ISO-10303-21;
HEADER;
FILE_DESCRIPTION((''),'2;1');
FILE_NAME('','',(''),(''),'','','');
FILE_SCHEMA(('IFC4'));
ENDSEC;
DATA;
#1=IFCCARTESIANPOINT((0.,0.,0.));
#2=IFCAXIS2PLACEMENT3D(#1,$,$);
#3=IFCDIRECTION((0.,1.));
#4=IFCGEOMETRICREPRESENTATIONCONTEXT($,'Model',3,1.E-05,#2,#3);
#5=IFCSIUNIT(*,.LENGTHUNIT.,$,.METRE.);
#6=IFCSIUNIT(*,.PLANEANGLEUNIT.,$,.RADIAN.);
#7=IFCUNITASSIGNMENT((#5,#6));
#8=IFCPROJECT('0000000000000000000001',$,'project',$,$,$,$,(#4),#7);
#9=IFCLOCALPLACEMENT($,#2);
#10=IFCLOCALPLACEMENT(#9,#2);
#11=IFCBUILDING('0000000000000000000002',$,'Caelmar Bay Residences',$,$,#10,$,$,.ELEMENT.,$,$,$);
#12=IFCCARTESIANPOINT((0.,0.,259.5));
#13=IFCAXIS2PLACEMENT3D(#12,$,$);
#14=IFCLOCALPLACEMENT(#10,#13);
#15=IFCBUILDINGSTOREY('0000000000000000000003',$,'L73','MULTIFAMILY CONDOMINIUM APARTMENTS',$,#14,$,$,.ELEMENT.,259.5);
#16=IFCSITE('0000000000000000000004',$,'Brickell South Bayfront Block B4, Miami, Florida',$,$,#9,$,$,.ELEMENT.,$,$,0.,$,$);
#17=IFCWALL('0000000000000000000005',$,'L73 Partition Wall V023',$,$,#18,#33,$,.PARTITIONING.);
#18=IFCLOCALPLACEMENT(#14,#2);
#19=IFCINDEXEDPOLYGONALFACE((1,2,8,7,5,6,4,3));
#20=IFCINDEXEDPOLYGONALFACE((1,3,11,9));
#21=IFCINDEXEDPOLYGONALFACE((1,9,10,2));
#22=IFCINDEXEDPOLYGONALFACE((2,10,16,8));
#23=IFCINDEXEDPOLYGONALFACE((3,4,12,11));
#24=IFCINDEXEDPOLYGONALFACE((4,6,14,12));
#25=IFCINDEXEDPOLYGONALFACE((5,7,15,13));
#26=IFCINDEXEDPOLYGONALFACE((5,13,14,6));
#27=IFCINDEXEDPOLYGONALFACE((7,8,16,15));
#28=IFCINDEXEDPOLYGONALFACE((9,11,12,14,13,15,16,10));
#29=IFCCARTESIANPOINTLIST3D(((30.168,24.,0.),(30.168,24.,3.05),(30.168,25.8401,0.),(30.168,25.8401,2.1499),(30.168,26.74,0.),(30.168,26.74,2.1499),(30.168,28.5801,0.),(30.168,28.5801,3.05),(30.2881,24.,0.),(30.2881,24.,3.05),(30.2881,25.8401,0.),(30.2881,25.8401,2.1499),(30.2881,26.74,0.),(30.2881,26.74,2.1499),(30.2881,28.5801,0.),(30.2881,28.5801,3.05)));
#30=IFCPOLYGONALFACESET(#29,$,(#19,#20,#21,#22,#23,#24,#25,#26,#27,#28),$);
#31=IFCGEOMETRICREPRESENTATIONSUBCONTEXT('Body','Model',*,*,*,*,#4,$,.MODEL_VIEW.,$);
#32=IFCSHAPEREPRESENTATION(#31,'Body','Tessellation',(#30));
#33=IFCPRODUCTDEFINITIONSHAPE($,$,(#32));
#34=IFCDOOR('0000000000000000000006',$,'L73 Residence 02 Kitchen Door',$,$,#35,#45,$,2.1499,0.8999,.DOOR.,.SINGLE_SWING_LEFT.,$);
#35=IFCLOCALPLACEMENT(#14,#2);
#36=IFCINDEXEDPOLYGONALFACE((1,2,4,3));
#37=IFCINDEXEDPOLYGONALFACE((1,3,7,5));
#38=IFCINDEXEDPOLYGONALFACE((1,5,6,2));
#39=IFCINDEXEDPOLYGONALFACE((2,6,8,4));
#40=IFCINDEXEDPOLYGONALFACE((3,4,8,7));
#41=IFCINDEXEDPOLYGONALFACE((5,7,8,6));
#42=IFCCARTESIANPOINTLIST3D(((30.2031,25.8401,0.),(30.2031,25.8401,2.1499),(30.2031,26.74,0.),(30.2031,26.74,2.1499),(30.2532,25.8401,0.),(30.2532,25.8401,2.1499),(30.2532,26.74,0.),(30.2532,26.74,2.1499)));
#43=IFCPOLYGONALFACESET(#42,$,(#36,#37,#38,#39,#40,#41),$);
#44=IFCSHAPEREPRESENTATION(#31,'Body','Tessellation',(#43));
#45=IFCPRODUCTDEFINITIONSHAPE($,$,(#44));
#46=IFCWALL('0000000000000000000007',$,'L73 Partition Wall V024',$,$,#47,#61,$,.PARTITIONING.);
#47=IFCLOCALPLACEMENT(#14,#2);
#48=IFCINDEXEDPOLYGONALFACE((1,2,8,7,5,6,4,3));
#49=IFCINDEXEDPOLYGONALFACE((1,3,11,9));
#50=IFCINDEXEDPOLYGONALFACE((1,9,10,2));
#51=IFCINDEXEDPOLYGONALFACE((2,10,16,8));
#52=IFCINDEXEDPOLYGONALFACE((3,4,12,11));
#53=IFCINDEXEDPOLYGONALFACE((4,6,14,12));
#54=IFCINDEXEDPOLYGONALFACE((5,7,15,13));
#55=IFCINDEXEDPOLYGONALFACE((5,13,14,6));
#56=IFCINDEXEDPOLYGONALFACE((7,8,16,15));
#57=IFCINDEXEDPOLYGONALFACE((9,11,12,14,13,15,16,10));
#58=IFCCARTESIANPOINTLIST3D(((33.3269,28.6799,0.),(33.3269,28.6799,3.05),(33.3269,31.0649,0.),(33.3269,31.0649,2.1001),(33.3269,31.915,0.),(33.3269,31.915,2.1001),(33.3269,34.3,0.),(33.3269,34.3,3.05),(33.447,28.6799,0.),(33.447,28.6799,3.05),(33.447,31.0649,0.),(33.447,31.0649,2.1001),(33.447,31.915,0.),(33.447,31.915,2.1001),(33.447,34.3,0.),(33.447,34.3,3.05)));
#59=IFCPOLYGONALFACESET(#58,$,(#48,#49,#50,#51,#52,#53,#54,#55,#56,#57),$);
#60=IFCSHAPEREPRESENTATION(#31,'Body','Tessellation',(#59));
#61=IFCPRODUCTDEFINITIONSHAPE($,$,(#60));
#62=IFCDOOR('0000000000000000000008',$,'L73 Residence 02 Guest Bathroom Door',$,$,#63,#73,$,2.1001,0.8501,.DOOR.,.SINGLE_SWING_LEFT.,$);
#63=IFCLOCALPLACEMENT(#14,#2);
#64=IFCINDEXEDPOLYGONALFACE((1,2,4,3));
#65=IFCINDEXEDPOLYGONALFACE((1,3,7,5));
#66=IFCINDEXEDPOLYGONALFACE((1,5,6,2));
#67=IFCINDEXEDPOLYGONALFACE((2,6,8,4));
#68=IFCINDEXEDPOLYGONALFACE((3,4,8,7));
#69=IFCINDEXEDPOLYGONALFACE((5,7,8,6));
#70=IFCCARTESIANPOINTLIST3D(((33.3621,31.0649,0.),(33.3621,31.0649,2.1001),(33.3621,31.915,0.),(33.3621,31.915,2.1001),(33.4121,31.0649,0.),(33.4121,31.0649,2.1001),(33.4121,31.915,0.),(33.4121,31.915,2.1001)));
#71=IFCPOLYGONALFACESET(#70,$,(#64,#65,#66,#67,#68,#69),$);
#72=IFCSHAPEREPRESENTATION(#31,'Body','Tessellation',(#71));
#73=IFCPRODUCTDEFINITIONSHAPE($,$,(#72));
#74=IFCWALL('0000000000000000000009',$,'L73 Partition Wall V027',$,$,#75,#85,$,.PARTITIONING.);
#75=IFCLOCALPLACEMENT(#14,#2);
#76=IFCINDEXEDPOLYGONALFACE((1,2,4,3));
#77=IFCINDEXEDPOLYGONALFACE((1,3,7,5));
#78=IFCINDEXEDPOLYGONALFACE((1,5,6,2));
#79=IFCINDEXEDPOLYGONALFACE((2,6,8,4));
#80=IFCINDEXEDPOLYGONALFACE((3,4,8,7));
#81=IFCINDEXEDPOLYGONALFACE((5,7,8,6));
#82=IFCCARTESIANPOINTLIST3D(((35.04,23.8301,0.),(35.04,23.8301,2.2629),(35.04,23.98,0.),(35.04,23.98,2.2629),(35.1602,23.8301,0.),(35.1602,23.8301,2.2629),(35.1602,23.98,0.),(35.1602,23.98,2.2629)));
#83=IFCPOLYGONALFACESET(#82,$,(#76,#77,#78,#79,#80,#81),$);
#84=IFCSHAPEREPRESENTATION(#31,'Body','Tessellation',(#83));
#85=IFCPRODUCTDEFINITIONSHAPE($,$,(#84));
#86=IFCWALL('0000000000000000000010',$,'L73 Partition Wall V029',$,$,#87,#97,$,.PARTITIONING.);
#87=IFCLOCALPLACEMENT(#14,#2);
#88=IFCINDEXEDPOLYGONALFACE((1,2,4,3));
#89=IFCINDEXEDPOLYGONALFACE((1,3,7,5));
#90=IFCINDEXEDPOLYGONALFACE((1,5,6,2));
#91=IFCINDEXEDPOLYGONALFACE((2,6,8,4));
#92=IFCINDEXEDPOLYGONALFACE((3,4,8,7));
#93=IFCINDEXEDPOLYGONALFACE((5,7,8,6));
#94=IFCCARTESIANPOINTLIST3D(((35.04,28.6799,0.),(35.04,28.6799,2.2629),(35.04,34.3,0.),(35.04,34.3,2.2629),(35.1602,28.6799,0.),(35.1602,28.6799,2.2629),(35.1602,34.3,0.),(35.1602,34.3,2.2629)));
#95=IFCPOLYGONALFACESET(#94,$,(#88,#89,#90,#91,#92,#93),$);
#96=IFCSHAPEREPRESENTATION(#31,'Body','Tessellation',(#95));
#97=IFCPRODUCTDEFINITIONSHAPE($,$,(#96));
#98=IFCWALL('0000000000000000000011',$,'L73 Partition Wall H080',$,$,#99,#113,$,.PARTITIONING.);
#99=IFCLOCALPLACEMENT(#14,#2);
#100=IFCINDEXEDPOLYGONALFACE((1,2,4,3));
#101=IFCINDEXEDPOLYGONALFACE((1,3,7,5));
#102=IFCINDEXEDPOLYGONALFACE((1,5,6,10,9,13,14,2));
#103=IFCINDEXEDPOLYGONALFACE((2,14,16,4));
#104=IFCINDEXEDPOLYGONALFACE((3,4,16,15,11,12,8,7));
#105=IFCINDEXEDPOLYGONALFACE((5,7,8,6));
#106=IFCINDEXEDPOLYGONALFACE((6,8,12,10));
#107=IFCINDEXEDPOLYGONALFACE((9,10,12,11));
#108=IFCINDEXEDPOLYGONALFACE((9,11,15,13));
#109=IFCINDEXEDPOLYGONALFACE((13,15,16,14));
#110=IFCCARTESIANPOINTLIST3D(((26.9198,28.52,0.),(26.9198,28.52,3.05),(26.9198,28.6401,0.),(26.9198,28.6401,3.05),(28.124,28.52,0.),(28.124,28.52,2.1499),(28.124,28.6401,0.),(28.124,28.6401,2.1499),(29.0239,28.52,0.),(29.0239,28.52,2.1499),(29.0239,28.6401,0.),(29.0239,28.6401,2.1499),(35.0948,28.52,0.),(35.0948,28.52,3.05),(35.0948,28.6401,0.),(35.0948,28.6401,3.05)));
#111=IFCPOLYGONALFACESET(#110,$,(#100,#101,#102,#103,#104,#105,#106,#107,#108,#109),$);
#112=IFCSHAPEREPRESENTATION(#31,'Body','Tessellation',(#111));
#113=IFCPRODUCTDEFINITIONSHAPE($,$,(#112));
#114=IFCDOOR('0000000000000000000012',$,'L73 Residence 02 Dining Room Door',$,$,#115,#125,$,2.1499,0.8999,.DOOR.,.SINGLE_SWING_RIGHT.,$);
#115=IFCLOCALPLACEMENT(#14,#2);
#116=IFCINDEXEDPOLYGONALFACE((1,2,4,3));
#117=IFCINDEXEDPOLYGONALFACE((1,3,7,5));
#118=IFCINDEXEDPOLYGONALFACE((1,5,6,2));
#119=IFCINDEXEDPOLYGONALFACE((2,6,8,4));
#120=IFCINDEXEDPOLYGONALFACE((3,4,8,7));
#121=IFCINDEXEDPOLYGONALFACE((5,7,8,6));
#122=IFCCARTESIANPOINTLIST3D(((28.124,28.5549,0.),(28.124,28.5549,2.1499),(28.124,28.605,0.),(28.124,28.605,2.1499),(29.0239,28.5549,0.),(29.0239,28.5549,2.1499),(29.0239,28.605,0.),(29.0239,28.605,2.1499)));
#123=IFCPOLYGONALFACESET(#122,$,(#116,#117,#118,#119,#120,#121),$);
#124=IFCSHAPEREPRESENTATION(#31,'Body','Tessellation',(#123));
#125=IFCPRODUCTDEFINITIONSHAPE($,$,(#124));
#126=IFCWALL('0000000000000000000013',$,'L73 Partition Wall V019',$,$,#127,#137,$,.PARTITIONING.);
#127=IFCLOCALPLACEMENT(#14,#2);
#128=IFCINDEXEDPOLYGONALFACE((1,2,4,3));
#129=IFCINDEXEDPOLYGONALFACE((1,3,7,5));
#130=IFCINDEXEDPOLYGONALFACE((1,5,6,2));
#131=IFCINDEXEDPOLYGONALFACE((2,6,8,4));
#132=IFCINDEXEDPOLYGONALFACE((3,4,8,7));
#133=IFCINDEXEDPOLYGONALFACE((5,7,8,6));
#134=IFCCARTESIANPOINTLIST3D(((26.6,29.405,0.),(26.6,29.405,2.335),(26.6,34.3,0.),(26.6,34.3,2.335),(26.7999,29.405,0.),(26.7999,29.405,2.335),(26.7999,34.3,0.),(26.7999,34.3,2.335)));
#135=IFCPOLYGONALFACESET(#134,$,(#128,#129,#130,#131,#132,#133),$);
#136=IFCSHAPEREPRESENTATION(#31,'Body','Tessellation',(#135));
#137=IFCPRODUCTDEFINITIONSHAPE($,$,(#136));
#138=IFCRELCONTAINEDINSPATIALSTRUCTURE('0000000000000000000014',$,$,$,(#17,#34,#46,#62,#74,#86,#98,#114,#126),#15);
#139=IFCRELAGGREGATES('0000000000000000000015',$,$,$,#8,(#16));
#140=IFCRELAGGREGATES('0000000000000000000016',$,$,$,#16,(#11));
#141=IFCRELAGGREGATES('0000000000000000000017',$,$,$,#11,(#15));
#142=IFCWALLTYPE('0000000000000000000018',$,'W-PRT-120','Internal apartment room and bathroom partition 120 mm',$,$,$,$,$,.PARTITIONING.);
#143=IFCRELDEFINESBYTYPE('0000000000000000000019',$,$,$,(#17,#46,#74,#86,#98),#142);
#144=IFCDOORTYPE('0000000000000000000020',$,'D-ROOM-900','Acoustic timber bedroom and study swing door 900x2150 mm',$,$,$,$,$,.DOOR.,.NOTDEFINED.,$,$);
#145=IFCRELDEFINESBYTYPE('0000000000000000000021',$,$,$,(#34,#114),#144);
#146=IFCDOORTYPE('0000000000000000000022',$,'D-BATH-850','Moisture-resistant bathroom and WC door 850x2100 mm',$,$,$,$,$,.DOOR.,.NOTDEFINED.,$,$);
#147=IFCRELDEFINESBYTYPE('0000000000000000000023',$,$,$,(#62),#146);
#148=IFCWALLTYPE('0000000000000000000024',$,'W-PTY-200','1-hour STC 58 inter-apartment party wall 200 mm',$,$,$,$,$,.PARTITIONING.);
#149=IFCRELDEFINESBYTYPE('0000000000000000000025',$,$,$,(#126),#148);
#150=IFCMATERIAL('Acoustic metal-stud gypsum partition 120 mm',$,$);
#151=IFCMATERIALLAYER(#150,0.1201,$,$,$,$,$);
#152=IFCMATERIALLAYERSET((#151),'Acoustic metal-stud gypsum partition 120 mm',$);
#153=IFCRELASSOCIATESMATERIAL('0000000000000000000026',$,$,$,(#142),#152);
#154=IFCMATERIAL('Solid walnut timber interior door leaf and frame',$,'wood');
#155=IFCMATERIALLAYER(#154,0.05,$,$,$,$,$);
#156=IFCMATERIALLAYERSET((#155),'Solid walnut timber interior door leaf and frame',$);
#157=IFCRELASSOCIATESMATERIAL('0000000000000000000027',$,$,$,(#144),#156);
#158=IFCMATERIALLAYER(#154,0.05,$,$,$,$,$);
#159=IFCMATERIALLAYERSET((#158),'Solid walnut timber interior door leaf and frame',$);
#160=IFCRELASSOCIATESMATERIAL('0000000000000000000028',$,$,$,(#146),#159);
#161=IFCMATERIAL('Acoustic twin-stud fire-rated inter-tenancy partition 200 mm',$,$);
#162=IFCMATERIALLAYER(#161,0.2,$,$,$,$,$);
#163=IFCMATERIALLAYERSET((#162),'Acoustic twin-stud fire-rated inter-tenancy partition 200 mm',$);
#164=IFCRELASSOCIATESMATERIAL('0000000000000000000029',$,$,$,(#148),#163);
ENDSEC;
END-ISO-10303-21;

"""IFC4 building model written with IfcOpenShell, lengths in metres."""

from ifc_helpers import new_model, si_unit, direction, frame, frame_2d, origin, place, context, subcontext, project, spatial, rectangle, extrude, material, layer, layer_set, type_object, element, fill, save


model = new_model("IFC4")

# Units and contexts
model_context = context("Model", 3, precision=1e-05, world=origin(), true_north=direction((0.0, 1.0)))
body_context = subcontext(model_context, "Body", "Model", "MODEL_VIEW")
ifc_project = project(units=[si_unit("LENGTHUNIT", "METRE"), si_unit("PLANEANGLEUNIT", "RADIAN")], contexts=[model_context])

# Site, building, storey
site_placement = place(None, origin())
site = spatial("IfcSite", under=ifc_project, at=site_placement, Name="Brickell South Bayfront Block B4, Miami, Florida", CompositionType="ELEMENT", RefElevation=0.0)
building_placement = place(site_placement, origin())
building = spatial("IfcBuilding", under=site, at=building_placement, Name="Caelmar Bay Residences", CompositionType="ELEMENT")
storey_placement = place(building_placement, frame((0.0, 0.0, 259.5)))
storey = spatial("IfcBuildingStorey", under=building, at=storey_placement, Name="L73", Description="MULTIFAMILY CONDOMINIUM APARTMENTS", CompositionType="ELEMENT", Elevation=259.5)

# Walls, openings, doors
ifc_material_1 = material(Name="Acoustic metal-stud gypsum partition 120 mm")
ifc_layer_1 = layer(ifc_material_1, 0.1201)
ifc_layer_set_1 = layer_set([ifc_layer_1], Name="Acoustic metal-stud gypsum partition 120 mm")
wall_type_1 = type_object("IfcWallType", Name="W-PRT-120", Description="Internal apartment room and bathroom partition 120 mm", PredefinedType="PARTITIONING", material=ifc_layer_set_1)
wall_1_placement = place(storey_placement, frame((30.228, 24.0, 0.0), z_axis=(0.0, 0.0, 1.0), x_axis=(0.0, 1.0, 0.0)))
wall_1 = element("IfcWall", 1, at=wall_1_placement, inside=storey, type_object=wall_type_1, Name="L73 Partition Wall V023", PredefinedType="PARTITIONING", context=body_context, shape_type="SweptSolid", body=[
    extrude(rectangle(XDim=4.5801, YDim=0.1201, at=frame_2d((2.29, 0.0))), origin(), (0.0, 0.0, 1.0), 3.05),
])
opening_1_placement = place(wall_1_placement, frame((1.8401, 0.0, 0.0)))
opening_1 = element("IfcOpeningElement", 2, at=opening_1_placement, cuts=wall_1, PredefinedType="OPENING", context=body_context, shape_type="SweptSolid", body=[
    extrude(rectangle(XDim=0.8999, YDim=2.1499, at=frame_2d((0.45, 1.075))), frame((0.0, 0.0701, 0.0), z_axis=(0.0, -1.0, 0.0), x_axis=(1.0, 0.0, 0.0)), (0.0, 0.0, 1.0), 0.1401),
])
ifc_material_2 = material(Name="Solid walnut timber interior door leaf and frame", Category="wood")
ifc_layer_2 = layer(ifc_material_2, 0.05)
ifc_layer_set_2 = layer_set([ifc_layer_2], Name="Solid walnut timber interior door leaf and frame")
door_type_1 = type_object("IfcDoorType", Name="D-ROOM-900", Description="Acoustic timber bedroom and study swing door 900x2150 mm", OperationType="NOTDEFINED", PredefinedType="DOOR", material=ifc_layer_set_2)
door_1_placement = place(opening_1_placement, origin())
door_1 = element("IfcDoor", 3, at=door_1_placement, inside=storey, type_object=door_type_1, Name="L73 Residence 02 Kitchen Door", OperationType="SINGLE_SWING_LEFT", OverallHeight=2.1499, OverallWidth=0.8999, PredefinedType="DOOR", context=body_context, shape_type="SweptSolid", body=[
    extrude(rectangle(XDim=0.8999, YDim=2.1499, at=frame_2d((0.45, 1.075))), frame((0.0, 0.0249, 0.0), z_axis=(0.0, -1.0, 0.0), x_axis=(1.0, 0.0, 0.0)), (0.0, 0.0, 1.0), 0.05),
])
fill(opening_1, door_1)
wall_2_placement = place(storey_placement, frame((33.387, 28.6799, 0.0), z_axis=(0.0, 0.0, 1.0), x_axis=(0.0, 1.0, 0.0)))
wall_2 = element("IfcWall", 4, at=wall_2_placement, inside=storey, type_object=wall_type_1, Name="L73 Partition Wall V024", PredefinedType="PARTITIONING", context=body_context, shape_type="SweptSolid", body=[
    extrude(rectangle(XDim=5.6201, YDim=0.1201, at=frame_2d((2.8101, 0.0))), origin(), (0.0, 0.0, 1.0), 3.05),
])
opening_2_placement = place(wall_2_placement, frame((2.385, 0.0, 0.0)))
opening_2 = element("IfcOpeningElement", 5, at=opening_2_placement, cuts=wall_2, PredefinedType="OPENING", context=body_context, shape_type="SweptSolid", body=[
    extrude(rectangle(XDim=0.8501, YDim=2.1001, at=frame_2d((0.425, 1.05))), frame((0.0, 0.0701, 0.0), z_axis=(0.0, -1.0, 0.0), x_axis=(1.0, 0.0, 0.0)), (0.0, 0.0, 1.0), 0.1401),
])
ifc_layer_3 = layer(ifc_material_2, 0.05)
ifc_layer_set_3 = layer_set([ifc_layer_3], Name="Solid walnut timber interior door leaf and frame")
door_type_2 = type_object("IfcDoorType", Name="D-BATH-850", Description="Moisture-resistant bathroom and WC door 850x2100 mm", OperationType="NOTDEFINED", PredefinedType="DOOR", material=ifc_layer_set_3)
door_2_placement = place(opening_2_placement, origin())
door_2 = element("IfcDoor", 6, at=door_2_placement, inside=storey, type_object=door_type_2, Name="L73 Residence 02 Guest Bathroom Door", OperationType="SINGLE_SWING_LEFT", OverallHeight=2.1001, OverallWidth=0.8501, PredefinedType="DOOR", context=body_context, shape_type="SweptSolid", body=[
    extrude(rectangle(XDim=0.8501, YDim=2.1001, at=frame_2d((0.425, 1.05))), frame((0.0, 0.0249, 0.0), z_axis=(0.0, -1.0, 0.0), x_axis=(1.0, 0.0, 0.0)), (0.0, 0.0, 1.0), 0.05),
])
fill(opening_2, door_2)

# Wall
wall_3_placement = place(storey_placement, frame((35.1001, 23.8301, 0.0), z_axis=(0.0, 0.0, 1.0), x_axis=(0.0, 1.0, 0.0)))
element("IfcWall", 7, at=wall_3_placement, inside=storey, type_object=wall_type_1, Name="L73 Partition Wall V027", PredefinedType="PARTITIONING", context=body_context, shape_type="SweptSolid", body=[
    extrude(rectangle(XDim=0.1499, YDim=0.1201, at=frame_2d((0.075, 0.0))), origin(), (0.0, 0.0, 1.0), 2.2629),
])

# Wall
wall_4_placement = place(storey_placement, frame((35.1001, 28.6799, 0.0), z_axis=(0.0, 0.0, 1.0), x_axis=(0.0, 1.0, 0.0)))
element("IfcWall", 8, at=wall_4_placement, inside=storey, type_object=wall_type_1, Name="L73 Partition Wall V029", PredefinedType="PARTITIONING", context=body_context, shape_type="SweptSolid", body=[
    extrude(rectangle(XDim=5.6201, YDim=0.1201, at=frame_2d((2.8101, 0.0))), origin(), (0.0, 0.0, 1.0), 2.2629),
])

# Wall, opening, door
wall_5_placement = place(storey_placement, frame((26.9199, 28.5801, 0.0), z_axis=(0.0, 0.0, 1.0), x_axis=(1.0, 0.0, 0.0)))
wall_5 = element("IfcWall", 9, at=wall_5_placement, inside=storey, type_object=wall_type_1, Name="L73 Partition Wall H080", PredefinedType="PARTITIONING", context=body_context, shape_type="SweptSolid", body=[
    extrude(rectangle(XDim=8.175, YDim=0.1201, at=frame_2d((4.0874, 0.0))), origin(), (0.0, 0.0, 1.0), 3.05),
])
opening_3_placement = place(wall_5_placement, frame((1.2041, 0.0, 0.0)))
opening_3 = element("IfcOpeningElement", 10, at=opening_3_placement, cuts=wall_5, PredefinedType="OPENING", context=body_context, shape_type="SweptSolid", body=[
    extrude(rectangle(XDim=0.8999, YDim=2.1499, at=frame_2d((0.45, 1.075))), frame((0.0, 0.0701, 0.0), z_axis=(0.0, -1.0, 0.0), x_axis=(1.0, 0.0, 0.0)), (0.0, 0.0, 1.0), 0.1401),
])
door_3_placement = place(opening_3_placement, origin())
door_3 = element("IfcDoor", 11, at=door_3_placement, inside=storey, type_object=door_type_1, Name="L73 Residence 02 Dining Room Door", OperationType="SINGLE_SWING_RIGHT", OverallHeight=2.1499, OverallWidth=0.8999, PredefinedType="DOOR", context=body_context, shape_type="SweptSolid", body=[
    extrude(rectangle(XDim=0.8999, YDim=2.1499, at=frame_2d((0.45, 1.075))), frame((0.0, 0.0249, 0.0), z_axis=(0.0, -1.0, 0.0), x_axis=(1.0, 0.0, 0.0)), (0.0, 0.0, 1.0), 0.05),
])
fill(opening_3, door_3)

# Wall
ifc_material_3 = material(Name="Acoustic twin-stud fire-rated inter-tenancy partition 200 mm")
ifc_layer_4 = layer(ifc_material_3, 0.2)
ifc_layer_set_4 = layer_set([ifc_layer_4], Name="Acoustic twin-stud fire-rated inter-tenancy partition 200 mm")
wall_type_2 = type_object("IfcWallType", Name="W-PTY-200", Description="1-hour STC 58 inter-apartment party wall 200 mm", PredefinedType="PARTITIONING", material=ifc_layer_set_4)
wall_6_placement = place(storey_placement, frame((26.7, 29.405, 0.0), z_axis=(0.0, 0.0, 1.0), x_axis=(0.0, 1.0, 0.0)))
element("IfcWall", 12, at=wall_6_placement, inside=storey, type_object=wall_type_2, Name="L73 Partition Wall V019", PredefinedType="PARTITIONING", context=body_context, shape_type="SweptSolid", body=[
    extrude(rectangle(XDim=4.895, YDim=0.2, at=frame_2d((2.4475, 0.0))), origin(), (0.0, 0.0, 1.0), 2.335),
])

save(model, "model.ifc")
